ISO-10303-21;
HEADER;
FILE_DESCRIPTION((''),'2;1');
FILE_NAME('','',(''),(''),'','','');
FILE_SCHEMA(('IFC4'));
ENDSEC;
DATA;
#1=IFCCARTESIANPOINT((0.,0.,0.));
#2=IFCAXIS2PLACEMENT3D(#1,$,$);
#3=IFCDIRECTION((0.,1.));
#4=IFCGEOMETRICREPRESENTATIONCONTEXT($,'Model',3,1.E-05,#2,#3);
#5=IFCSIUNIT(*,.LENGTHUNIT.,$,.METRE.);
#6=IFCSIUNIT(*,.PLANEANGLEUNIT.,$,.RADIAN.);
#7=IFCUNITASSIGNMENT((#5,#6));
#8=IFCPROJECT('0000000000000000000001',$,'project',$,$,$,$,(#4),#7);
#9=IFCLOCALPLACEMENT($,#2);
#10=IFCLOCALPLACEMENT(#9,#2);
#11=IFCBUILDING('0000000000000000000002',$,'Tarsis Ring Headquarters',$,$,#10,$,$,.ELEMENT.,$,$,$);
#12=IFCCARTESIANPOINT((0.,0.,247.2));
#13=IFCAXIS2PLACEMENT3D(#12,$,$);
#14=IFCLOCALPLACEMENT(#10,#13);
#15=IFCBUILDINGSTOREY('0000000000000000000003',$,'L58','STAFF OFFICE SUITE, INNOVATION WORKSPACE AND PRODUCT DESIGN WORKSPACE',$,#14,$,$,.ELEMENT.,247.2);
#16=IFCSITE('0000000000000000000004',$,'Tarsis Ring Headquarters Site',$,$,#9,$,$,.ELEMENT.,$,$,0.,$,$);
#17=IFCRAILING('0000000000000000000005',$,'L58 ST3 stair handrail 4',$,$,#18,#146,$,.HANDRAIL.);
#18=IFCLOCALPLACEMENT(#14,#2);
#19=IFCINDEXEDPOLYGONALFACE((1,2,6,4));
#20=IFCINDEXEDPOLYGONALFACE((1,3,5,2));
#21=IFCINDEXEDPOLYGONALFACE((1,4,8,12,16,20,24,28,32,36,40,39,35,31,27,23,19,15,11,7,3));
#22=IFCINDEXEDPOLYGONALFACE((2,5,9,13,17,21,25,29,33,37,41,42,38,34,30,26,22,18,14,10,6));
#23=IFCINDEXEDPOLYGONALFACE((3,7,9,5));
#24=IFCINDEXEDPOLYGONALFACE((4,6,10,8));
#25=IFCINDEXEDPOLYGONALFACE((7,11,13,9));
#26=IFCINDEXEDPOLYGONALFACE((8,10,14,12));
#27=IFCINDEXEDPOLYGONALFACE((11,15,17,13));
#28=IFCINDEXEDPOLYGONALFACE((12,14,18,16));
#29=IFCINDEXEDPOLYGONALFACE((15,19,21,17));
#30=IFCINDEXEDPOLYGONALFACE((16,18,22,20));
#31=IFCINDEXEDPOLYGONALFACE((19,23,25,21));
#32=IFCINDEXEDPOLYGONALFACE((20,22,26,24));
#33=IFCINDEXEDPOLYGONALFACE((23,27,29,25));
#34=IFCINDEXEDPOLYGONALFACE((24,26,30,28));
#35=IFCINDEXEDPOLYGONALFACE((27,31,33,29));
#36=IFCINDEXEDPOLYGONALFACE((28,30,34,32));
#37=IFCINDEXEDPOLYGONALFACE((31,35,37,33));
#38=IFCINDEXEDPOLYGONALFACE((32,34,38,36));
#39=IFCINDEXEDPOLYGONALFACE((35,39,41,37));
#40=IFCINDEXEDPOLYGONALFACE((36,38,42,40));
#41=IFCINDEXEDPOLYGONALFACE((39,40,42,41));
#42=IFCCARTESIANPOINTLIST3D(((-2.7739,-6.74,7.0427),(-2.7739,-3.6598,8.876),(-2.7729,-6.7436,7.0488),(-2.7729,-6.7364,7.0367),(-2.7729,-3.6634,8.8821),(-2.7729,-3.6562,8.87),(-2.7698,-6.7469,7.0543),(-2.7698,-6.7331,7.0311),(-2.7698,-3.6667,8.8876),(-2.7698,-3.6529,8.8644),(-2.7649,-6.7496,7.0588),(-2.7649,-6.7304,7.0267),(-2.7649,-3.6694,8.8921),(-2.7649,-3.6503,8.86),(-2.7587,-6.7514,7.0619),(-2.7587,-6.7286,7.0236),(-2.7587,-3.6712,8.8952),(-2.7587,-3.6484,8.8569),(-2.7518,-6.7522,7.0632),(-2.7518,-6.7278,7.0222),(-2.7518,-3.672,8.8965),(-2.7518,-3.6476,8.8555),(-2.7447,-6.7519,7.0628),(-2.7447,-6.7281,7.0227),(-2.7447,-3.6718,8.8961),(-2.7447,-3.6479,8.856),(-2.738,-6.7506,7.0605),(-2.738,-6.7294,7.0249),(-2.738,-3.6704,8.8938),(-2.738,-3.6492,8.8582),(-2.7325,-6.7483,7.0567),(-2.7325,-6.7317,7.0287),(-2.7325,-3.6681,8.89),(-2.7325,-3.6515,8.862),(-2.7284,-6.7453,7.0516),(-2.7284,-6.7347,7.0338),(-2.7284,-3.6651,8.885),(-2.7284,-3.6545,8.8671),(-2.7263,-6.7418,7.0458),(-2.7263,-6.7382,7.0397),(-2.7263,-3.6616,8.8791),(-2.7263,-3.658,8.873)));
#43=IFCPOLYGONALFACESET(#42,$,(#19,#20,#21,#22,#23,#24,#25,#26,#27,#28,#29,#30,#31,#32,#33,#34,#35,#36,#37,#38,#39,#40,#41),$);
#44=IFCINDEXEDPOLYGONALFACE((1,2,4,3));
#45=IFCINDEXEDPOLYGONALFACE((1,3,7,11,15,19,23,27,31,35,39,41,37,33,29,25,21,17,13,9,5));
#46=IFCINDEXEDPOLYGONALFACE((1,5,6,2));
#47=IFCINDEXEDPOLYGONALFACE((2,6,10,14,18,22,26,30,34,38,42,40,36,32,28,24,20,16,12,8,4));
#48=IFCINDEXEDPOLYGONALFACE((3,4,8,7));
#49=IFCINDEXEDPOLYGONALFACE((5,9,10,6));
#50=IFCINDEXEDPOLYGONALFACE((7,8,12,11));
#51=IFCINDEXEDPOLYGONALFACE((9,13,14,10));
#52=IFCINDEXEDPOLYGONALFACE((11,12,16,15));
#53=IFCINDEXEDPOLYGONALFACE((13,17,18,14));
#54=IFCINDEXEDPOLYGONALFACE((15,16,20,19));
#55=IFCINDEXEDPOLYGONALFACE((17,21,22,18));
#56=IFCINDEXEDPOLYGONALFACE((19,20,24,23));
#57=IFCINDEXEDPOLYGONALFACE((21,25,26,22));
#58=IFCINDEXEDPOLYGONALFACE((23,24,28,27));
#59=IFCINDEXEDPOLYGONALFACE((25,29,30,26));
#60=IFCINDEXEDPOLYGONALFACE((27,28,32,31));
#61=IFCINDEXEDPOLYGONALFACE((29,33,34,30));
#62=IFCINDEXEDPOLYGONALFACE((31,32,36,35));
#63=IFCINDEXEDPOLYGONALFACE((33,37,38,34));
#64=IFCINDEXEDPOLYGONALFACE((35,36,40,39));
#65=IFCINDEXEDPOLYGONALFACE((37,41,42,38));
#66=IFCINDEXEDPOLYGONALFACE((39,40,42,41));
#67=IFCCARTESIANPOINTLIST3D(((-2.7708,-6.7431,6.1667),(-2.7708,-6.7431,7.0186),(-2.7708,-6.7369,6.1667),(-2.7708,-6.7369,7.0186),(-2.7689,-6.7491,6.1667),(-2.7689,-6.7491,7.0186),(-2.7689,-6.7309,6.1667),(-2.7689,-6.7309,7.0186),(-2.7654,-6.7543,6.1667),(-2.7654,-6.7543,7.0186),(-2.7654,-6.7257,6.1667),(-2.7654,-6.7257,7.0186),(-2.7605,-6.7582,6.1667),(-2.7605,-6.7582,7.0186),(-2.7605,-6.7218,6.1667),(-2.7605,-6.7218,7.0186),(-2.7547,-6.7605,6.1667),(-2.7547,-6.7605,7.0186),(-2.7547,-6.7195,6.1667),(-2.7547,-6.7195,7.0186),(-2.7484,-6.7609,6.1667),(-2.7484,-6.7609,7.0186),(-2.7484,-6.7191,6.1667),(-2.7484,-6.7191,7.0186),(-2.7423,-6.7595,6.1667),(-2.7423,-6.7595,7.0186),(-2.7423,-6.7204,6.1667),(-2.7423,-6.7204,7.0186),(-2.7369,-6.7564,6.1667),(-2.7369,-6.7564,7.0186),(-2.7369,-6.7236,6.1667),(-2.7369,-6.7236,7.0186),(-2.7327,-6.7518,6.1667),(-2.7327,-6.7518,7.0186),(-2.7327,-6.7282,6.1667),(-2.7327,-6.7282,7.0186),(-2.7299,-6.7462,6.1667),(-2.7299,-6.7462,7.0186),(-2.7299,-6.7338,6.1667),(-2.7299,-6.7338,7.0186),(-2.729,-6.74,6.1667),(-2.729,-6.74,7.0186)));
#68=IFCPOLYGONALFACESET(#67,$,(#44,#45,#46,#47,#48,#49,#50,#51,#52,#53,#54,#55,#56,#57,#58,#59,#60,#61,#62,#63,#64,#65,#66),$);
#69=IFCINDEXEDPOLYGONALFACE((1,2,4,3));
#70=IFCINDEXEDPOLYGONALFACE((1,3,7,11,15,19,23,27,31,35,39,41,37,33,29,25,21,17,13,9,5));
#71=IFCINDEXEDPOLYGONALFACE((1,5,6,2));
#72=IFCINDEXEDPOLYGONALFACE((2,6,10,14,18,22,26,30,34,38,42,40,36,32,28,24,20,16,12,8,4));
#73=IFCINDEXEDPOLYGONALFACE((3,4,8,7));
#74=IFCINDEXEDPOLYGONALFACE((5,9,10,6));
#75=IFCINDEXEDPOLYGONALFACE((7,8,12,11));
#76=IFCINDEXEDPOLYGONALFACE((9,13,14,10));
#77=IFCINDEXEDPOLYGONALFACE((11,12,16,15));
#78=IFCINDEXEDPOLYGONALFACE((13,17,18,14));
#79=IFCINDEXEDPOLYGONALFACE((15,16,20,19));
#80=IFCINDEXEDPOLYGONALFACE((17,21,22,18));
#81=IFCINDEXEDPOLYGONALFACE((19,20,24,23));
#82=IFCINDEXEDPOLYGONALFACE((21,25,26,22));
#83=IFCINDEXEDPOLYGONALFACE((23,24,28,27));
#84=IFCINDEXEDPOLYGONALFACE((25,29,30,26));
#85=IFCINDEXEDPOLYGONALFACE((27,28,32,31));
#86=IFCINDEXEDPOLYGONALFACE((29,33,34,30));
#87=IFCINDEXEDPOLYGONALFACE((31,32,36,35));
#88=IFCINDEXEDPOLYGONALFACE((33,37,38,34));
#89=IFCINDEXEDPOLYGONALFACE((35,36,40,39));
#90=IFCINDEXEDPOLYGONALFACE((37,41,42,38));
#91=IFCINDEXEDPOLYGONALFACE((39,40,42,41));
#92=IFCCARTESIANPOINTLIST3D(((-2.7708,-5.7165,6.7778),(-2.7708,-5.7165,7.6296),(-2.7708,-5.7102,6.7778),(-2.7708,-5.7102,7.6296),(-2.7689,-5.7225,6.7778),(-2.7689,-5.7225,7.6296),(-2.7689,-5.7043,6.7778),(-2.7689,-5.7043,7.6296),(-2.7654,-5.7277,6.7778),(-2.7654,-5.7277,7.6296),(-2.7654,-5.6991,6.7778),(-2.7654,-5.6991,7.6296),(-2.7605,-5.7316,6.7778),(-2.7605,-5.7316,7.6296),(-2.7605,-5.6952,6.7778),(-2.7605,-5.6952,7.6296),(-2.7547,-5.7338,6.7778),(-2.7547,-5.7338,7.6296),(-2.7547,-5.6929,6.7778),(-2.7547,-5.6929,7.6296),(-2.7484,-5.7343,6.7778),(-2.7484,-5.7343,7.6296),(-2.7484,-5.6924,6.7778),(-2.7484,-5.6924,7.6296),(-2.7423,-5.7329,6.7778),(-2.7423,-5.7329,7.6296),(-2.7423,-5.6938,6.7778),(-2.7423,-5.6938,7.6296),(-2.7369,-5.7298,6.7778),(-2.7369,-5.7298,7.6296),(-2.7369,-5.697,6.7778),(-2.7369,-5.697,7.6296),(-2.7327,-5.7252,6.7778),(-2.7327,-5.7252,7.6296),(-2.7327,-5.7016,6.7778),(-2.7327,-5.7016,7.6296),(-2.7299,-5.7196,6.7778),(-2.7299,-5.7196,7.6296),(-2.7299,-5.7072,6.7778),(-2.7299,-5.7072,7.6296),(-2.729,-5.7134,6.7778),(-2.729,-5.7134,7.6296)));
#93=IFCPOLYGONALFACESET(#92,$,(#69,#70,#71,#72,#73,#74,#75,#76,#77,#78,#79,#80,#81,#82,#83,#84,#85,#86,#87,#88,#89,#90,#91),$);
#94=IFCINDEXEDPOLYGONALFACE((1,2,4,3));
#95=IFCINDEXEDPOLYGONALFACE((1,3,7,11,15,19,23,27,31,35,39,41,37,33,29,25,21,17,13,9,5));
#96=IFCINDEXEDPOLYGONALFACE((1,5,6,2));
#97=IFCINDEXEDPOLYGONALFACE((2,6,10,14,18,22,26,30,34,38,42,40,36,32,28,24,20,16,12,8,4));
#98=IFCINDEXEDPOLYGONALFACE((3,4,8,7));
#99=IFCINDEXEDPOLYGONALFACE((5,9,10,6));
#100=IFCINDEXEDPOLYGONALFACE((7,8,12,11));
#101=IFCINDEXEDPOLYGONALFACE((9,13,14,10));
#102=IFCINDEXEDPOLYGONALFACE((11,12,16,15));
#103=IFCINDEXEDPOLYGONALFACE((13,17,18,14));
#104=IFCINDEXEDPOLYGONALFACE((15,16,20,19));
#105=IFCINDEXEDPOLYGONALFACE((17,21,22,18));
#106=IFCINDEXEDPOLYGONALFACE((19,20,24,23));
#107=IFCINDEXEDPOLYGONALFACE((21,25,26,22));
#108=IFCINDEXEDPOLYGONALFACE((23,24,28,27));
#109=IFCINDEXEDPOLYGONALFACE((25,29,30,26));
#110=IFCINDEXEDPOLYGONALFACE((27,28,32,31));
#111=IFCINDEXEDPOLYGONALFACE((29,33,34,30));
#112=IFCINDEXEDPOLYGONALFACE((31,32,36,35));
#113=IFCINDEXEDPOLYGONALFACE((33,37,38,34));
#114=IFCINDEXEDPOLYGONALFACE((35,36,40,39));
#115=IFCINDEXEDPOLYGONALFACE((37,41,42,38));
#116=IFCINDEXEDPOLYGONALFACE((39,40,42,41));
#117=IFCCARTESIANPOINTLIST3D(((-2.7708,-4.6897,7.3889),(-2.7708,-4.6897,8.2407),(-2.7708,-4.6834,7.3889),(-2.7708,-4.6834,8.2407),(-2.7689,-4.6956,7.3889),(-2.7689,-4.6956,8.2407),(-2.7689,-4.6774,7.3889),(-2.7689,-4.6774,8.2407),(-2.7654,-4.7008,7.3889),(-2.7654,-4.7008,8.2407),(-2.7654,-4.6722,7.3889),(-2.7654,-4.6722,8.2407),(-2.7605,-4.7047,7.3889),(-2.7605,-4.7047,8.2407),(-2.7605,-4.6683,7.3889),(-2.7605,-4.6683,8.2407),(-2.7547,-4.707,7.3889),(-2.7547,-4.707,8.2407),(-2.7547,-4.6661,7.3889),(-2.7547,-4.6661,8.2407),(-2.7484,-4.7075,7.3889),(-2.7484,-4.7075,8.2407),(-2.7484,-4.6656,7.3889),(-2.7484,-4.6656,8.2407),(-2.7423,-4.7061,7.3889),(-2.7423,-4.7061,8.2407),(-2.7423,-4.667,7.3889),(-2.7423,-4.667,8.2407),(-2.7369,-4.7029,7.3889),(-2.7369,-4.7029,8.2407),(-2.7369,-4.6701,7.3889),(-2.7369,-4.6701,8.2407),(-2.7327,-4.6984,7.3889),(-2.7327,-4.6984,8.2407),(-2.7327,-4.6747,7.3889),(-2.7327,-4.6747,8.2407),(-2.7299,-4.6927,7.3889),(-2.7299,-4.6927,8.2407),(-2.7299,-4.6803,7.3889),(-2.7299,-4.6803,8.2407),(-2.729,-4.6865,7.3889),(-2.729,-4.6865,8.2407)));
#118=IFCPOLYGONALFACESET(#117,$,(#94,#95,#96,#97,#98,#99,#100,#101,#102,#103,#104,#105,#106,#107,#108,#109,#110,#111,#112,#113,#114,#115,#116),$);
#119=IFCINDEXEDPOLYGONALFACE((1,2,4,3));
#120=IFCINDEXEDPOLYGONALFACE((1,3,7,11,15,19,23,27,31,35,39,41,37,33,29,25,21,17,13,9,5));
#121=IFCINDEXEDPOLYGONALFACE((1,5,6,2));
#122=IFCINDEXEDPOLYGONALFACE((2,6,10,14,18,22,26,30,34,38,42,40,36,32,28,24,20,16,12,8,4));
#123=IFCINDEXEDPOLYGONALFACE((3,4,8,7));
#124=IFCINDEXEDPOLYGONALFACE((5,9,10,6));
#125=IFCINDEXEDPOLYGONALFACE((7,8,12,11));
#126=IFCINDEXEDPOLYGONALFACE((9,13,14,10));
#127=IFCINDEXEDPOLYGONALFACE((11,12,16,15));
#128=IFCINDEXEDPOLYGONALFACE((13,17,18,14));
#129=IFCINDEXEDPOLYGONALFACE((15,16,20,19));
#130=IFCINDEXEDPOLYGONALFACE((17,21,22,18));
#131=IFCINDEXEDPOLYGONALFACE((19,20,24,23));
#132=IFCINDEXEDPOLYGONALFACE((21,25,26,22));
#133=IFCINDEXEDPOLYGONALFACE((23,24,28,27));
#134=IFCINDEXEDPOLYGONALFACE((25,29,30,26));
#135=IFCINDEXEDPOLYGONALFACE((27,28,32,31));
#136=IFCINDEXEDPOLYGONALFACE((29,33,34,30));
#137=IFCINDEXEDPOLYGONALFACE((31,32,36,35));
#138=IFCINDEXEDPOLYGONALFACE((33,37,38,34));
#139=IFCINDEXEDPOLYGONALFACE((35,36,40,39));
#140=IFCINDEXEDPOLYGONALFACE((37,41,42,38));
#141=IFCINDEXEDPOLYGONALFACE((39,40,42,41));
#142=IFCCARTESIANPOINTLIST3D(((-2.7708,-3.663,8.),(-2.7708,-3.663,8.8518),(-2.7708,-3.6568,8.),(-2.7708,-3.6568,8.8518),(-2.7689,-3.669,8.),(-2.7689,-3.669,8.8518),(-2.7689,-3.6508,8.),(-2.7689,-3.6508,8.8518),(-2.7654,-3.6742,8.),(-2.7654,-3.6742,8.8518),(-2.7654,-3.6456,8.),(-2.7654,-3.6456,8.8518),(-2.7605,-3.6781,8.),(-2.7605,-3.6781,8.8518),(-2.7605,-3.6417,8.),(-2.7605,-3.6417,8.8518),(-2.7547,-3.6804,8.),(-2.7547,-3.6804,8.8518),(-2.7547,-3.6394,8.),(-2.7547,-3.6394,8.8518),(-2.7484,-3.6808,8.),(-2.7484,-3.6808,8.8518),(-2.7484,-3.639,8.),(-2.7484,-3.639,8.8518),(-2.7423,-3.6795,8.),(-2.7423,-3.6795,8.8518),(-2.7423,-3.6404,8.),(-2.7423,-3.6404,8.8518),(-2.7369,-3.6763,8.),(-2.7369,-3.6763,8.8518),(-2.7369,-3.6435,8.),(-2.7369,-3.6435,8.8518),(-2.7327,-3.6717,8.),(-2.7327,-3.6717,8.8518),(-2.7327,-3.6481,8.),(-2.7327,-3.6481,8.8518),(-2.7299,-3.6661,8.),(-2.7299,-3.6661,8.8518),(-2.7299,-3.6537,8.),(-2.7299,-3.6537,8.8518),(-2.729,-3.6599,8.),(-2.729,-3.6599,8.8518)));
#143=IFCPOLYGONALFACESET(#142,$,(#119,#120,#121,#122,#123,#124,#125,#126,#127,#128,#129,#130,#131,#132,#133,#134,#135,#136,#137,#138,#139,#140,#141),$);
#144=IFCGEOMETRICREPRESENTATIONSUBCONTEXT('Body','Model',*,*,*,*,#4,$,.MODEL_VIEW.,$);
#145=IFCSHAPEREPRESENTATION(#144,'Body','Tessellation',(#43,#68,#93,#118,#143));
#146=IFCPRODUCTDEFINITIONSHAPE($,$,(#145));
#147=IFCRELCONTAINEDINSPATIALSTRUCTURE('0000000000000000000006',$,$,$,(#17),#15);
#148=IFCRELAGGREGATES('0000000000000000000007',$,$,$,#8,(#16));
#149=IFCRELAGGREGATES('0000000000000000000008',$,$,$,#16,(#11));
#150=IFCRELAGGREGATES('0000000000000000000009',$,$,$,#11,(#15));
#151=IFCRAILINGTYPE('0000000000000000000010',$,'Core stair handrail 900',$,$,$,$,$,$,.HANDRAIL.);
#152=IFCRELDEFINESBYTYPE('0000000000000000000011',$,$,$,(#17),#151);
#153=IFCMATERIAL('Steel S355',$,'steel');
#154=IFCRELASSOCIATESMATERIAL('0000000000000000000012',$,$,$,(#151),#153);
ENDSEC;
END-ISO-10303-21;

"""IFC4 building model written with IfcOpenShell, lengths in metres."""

from ifc_helpers import new_model, si_unit, direction, frame, origin, origin_2d, place, context, subcontext, project, spatial, circle, extrude, material, type_object, element, save


model = new_model("IFC4")

# Units and contexts
model_context = context("Model", 3, precision=1e-05, world=origin(), true_north=direction((0.0, 1.0)))
body_context = subcontext(model_context, "Body", "Model", "MODEL_VIEW")
ifc_project = project(units=[si_unit("LENGTHUNIT", "METRE"), si_unit("PLANEANGLEUNIT", "RADIAN")], contexts=[model_context])

# Site, building, storey
site_placement = place(None, origin())
site = spatial("IfcSite", under=ifc_project, at=site_placement, Name="Tarsis Ring Headquarters Site", CompositionType="ELEMENT", RefElevation=0.0)
building_placement = place(site_placement, origin())
building = spatial("IfcBuilding", under=site, at=building_placement, Name="Tarsis Ring Headquarters", CompositionType="ELEMENT")
storey_placement = place(building_placement, frame((0.0, 0.0, 247.2)))
storey = spatial("IfcBuildingStorey", under=building, at=storey_placement, Name="L58", Description="STAFF OFFICE SUITE, INNOVATION WORKSPACE AND PRODUCT DESIGN WORKSPACE", CompositionType="ELEMENT", Elevation=247.2)

# Shared definitions
ifc_material_1 = material(Name="Steel S355", Category="steel")

# Railing
railing_type_1 = type_object("IfcRailingType", Name="Core stair handrail 900", PredefinedType="HANDRAIL", material=ifc_material_1)
for number, where, name in (
    (1, (-2.75, -6.74, 6.1667), "L58 ST3 stair handrail 4"),
):
    element("IfcRailing", number, at=place(storey_placement, frame(where)), inside=storey, type_object=railing_type_1, Name=name, PredefinedType="HANDRAIL", context=body_context, shape_type="SweptSolid", body=[
        extrude(circle(Radius=0.0239, at=origin_2d()), frame((0.0, 0.0, 0.876), z_axis=(0.0, 0.859309, 0.511458), x_axis=(-1.0, 0.0, 0.0)), (0.0, 0.0, 1.0), 3.5845),
        extrude(circle(Radius=0.021, at=origin_2d()), origin(), (0.0, 0.0, 1.0), 0.8518),
        extrude(circle(Radius=0.021, at=origin_2d()), frame((0.0, 1.0266, 0.6111)), (0.0, 0.0, 1.0), 0.8518),
        extrude(circle(Radius=0.021, at=origin_2d()), frame((0.0, 2.0535, 1.2222)), (0.0, 0.0, 1.0), 0.8518),
        extrude(circle(Radius=0.021, at=origin_2d()), frame((0.0, 3.0801, 1.8333)), (0.0, 0.0, 1.0), 0.8518),
    ])

save(model, "model.ifc")
